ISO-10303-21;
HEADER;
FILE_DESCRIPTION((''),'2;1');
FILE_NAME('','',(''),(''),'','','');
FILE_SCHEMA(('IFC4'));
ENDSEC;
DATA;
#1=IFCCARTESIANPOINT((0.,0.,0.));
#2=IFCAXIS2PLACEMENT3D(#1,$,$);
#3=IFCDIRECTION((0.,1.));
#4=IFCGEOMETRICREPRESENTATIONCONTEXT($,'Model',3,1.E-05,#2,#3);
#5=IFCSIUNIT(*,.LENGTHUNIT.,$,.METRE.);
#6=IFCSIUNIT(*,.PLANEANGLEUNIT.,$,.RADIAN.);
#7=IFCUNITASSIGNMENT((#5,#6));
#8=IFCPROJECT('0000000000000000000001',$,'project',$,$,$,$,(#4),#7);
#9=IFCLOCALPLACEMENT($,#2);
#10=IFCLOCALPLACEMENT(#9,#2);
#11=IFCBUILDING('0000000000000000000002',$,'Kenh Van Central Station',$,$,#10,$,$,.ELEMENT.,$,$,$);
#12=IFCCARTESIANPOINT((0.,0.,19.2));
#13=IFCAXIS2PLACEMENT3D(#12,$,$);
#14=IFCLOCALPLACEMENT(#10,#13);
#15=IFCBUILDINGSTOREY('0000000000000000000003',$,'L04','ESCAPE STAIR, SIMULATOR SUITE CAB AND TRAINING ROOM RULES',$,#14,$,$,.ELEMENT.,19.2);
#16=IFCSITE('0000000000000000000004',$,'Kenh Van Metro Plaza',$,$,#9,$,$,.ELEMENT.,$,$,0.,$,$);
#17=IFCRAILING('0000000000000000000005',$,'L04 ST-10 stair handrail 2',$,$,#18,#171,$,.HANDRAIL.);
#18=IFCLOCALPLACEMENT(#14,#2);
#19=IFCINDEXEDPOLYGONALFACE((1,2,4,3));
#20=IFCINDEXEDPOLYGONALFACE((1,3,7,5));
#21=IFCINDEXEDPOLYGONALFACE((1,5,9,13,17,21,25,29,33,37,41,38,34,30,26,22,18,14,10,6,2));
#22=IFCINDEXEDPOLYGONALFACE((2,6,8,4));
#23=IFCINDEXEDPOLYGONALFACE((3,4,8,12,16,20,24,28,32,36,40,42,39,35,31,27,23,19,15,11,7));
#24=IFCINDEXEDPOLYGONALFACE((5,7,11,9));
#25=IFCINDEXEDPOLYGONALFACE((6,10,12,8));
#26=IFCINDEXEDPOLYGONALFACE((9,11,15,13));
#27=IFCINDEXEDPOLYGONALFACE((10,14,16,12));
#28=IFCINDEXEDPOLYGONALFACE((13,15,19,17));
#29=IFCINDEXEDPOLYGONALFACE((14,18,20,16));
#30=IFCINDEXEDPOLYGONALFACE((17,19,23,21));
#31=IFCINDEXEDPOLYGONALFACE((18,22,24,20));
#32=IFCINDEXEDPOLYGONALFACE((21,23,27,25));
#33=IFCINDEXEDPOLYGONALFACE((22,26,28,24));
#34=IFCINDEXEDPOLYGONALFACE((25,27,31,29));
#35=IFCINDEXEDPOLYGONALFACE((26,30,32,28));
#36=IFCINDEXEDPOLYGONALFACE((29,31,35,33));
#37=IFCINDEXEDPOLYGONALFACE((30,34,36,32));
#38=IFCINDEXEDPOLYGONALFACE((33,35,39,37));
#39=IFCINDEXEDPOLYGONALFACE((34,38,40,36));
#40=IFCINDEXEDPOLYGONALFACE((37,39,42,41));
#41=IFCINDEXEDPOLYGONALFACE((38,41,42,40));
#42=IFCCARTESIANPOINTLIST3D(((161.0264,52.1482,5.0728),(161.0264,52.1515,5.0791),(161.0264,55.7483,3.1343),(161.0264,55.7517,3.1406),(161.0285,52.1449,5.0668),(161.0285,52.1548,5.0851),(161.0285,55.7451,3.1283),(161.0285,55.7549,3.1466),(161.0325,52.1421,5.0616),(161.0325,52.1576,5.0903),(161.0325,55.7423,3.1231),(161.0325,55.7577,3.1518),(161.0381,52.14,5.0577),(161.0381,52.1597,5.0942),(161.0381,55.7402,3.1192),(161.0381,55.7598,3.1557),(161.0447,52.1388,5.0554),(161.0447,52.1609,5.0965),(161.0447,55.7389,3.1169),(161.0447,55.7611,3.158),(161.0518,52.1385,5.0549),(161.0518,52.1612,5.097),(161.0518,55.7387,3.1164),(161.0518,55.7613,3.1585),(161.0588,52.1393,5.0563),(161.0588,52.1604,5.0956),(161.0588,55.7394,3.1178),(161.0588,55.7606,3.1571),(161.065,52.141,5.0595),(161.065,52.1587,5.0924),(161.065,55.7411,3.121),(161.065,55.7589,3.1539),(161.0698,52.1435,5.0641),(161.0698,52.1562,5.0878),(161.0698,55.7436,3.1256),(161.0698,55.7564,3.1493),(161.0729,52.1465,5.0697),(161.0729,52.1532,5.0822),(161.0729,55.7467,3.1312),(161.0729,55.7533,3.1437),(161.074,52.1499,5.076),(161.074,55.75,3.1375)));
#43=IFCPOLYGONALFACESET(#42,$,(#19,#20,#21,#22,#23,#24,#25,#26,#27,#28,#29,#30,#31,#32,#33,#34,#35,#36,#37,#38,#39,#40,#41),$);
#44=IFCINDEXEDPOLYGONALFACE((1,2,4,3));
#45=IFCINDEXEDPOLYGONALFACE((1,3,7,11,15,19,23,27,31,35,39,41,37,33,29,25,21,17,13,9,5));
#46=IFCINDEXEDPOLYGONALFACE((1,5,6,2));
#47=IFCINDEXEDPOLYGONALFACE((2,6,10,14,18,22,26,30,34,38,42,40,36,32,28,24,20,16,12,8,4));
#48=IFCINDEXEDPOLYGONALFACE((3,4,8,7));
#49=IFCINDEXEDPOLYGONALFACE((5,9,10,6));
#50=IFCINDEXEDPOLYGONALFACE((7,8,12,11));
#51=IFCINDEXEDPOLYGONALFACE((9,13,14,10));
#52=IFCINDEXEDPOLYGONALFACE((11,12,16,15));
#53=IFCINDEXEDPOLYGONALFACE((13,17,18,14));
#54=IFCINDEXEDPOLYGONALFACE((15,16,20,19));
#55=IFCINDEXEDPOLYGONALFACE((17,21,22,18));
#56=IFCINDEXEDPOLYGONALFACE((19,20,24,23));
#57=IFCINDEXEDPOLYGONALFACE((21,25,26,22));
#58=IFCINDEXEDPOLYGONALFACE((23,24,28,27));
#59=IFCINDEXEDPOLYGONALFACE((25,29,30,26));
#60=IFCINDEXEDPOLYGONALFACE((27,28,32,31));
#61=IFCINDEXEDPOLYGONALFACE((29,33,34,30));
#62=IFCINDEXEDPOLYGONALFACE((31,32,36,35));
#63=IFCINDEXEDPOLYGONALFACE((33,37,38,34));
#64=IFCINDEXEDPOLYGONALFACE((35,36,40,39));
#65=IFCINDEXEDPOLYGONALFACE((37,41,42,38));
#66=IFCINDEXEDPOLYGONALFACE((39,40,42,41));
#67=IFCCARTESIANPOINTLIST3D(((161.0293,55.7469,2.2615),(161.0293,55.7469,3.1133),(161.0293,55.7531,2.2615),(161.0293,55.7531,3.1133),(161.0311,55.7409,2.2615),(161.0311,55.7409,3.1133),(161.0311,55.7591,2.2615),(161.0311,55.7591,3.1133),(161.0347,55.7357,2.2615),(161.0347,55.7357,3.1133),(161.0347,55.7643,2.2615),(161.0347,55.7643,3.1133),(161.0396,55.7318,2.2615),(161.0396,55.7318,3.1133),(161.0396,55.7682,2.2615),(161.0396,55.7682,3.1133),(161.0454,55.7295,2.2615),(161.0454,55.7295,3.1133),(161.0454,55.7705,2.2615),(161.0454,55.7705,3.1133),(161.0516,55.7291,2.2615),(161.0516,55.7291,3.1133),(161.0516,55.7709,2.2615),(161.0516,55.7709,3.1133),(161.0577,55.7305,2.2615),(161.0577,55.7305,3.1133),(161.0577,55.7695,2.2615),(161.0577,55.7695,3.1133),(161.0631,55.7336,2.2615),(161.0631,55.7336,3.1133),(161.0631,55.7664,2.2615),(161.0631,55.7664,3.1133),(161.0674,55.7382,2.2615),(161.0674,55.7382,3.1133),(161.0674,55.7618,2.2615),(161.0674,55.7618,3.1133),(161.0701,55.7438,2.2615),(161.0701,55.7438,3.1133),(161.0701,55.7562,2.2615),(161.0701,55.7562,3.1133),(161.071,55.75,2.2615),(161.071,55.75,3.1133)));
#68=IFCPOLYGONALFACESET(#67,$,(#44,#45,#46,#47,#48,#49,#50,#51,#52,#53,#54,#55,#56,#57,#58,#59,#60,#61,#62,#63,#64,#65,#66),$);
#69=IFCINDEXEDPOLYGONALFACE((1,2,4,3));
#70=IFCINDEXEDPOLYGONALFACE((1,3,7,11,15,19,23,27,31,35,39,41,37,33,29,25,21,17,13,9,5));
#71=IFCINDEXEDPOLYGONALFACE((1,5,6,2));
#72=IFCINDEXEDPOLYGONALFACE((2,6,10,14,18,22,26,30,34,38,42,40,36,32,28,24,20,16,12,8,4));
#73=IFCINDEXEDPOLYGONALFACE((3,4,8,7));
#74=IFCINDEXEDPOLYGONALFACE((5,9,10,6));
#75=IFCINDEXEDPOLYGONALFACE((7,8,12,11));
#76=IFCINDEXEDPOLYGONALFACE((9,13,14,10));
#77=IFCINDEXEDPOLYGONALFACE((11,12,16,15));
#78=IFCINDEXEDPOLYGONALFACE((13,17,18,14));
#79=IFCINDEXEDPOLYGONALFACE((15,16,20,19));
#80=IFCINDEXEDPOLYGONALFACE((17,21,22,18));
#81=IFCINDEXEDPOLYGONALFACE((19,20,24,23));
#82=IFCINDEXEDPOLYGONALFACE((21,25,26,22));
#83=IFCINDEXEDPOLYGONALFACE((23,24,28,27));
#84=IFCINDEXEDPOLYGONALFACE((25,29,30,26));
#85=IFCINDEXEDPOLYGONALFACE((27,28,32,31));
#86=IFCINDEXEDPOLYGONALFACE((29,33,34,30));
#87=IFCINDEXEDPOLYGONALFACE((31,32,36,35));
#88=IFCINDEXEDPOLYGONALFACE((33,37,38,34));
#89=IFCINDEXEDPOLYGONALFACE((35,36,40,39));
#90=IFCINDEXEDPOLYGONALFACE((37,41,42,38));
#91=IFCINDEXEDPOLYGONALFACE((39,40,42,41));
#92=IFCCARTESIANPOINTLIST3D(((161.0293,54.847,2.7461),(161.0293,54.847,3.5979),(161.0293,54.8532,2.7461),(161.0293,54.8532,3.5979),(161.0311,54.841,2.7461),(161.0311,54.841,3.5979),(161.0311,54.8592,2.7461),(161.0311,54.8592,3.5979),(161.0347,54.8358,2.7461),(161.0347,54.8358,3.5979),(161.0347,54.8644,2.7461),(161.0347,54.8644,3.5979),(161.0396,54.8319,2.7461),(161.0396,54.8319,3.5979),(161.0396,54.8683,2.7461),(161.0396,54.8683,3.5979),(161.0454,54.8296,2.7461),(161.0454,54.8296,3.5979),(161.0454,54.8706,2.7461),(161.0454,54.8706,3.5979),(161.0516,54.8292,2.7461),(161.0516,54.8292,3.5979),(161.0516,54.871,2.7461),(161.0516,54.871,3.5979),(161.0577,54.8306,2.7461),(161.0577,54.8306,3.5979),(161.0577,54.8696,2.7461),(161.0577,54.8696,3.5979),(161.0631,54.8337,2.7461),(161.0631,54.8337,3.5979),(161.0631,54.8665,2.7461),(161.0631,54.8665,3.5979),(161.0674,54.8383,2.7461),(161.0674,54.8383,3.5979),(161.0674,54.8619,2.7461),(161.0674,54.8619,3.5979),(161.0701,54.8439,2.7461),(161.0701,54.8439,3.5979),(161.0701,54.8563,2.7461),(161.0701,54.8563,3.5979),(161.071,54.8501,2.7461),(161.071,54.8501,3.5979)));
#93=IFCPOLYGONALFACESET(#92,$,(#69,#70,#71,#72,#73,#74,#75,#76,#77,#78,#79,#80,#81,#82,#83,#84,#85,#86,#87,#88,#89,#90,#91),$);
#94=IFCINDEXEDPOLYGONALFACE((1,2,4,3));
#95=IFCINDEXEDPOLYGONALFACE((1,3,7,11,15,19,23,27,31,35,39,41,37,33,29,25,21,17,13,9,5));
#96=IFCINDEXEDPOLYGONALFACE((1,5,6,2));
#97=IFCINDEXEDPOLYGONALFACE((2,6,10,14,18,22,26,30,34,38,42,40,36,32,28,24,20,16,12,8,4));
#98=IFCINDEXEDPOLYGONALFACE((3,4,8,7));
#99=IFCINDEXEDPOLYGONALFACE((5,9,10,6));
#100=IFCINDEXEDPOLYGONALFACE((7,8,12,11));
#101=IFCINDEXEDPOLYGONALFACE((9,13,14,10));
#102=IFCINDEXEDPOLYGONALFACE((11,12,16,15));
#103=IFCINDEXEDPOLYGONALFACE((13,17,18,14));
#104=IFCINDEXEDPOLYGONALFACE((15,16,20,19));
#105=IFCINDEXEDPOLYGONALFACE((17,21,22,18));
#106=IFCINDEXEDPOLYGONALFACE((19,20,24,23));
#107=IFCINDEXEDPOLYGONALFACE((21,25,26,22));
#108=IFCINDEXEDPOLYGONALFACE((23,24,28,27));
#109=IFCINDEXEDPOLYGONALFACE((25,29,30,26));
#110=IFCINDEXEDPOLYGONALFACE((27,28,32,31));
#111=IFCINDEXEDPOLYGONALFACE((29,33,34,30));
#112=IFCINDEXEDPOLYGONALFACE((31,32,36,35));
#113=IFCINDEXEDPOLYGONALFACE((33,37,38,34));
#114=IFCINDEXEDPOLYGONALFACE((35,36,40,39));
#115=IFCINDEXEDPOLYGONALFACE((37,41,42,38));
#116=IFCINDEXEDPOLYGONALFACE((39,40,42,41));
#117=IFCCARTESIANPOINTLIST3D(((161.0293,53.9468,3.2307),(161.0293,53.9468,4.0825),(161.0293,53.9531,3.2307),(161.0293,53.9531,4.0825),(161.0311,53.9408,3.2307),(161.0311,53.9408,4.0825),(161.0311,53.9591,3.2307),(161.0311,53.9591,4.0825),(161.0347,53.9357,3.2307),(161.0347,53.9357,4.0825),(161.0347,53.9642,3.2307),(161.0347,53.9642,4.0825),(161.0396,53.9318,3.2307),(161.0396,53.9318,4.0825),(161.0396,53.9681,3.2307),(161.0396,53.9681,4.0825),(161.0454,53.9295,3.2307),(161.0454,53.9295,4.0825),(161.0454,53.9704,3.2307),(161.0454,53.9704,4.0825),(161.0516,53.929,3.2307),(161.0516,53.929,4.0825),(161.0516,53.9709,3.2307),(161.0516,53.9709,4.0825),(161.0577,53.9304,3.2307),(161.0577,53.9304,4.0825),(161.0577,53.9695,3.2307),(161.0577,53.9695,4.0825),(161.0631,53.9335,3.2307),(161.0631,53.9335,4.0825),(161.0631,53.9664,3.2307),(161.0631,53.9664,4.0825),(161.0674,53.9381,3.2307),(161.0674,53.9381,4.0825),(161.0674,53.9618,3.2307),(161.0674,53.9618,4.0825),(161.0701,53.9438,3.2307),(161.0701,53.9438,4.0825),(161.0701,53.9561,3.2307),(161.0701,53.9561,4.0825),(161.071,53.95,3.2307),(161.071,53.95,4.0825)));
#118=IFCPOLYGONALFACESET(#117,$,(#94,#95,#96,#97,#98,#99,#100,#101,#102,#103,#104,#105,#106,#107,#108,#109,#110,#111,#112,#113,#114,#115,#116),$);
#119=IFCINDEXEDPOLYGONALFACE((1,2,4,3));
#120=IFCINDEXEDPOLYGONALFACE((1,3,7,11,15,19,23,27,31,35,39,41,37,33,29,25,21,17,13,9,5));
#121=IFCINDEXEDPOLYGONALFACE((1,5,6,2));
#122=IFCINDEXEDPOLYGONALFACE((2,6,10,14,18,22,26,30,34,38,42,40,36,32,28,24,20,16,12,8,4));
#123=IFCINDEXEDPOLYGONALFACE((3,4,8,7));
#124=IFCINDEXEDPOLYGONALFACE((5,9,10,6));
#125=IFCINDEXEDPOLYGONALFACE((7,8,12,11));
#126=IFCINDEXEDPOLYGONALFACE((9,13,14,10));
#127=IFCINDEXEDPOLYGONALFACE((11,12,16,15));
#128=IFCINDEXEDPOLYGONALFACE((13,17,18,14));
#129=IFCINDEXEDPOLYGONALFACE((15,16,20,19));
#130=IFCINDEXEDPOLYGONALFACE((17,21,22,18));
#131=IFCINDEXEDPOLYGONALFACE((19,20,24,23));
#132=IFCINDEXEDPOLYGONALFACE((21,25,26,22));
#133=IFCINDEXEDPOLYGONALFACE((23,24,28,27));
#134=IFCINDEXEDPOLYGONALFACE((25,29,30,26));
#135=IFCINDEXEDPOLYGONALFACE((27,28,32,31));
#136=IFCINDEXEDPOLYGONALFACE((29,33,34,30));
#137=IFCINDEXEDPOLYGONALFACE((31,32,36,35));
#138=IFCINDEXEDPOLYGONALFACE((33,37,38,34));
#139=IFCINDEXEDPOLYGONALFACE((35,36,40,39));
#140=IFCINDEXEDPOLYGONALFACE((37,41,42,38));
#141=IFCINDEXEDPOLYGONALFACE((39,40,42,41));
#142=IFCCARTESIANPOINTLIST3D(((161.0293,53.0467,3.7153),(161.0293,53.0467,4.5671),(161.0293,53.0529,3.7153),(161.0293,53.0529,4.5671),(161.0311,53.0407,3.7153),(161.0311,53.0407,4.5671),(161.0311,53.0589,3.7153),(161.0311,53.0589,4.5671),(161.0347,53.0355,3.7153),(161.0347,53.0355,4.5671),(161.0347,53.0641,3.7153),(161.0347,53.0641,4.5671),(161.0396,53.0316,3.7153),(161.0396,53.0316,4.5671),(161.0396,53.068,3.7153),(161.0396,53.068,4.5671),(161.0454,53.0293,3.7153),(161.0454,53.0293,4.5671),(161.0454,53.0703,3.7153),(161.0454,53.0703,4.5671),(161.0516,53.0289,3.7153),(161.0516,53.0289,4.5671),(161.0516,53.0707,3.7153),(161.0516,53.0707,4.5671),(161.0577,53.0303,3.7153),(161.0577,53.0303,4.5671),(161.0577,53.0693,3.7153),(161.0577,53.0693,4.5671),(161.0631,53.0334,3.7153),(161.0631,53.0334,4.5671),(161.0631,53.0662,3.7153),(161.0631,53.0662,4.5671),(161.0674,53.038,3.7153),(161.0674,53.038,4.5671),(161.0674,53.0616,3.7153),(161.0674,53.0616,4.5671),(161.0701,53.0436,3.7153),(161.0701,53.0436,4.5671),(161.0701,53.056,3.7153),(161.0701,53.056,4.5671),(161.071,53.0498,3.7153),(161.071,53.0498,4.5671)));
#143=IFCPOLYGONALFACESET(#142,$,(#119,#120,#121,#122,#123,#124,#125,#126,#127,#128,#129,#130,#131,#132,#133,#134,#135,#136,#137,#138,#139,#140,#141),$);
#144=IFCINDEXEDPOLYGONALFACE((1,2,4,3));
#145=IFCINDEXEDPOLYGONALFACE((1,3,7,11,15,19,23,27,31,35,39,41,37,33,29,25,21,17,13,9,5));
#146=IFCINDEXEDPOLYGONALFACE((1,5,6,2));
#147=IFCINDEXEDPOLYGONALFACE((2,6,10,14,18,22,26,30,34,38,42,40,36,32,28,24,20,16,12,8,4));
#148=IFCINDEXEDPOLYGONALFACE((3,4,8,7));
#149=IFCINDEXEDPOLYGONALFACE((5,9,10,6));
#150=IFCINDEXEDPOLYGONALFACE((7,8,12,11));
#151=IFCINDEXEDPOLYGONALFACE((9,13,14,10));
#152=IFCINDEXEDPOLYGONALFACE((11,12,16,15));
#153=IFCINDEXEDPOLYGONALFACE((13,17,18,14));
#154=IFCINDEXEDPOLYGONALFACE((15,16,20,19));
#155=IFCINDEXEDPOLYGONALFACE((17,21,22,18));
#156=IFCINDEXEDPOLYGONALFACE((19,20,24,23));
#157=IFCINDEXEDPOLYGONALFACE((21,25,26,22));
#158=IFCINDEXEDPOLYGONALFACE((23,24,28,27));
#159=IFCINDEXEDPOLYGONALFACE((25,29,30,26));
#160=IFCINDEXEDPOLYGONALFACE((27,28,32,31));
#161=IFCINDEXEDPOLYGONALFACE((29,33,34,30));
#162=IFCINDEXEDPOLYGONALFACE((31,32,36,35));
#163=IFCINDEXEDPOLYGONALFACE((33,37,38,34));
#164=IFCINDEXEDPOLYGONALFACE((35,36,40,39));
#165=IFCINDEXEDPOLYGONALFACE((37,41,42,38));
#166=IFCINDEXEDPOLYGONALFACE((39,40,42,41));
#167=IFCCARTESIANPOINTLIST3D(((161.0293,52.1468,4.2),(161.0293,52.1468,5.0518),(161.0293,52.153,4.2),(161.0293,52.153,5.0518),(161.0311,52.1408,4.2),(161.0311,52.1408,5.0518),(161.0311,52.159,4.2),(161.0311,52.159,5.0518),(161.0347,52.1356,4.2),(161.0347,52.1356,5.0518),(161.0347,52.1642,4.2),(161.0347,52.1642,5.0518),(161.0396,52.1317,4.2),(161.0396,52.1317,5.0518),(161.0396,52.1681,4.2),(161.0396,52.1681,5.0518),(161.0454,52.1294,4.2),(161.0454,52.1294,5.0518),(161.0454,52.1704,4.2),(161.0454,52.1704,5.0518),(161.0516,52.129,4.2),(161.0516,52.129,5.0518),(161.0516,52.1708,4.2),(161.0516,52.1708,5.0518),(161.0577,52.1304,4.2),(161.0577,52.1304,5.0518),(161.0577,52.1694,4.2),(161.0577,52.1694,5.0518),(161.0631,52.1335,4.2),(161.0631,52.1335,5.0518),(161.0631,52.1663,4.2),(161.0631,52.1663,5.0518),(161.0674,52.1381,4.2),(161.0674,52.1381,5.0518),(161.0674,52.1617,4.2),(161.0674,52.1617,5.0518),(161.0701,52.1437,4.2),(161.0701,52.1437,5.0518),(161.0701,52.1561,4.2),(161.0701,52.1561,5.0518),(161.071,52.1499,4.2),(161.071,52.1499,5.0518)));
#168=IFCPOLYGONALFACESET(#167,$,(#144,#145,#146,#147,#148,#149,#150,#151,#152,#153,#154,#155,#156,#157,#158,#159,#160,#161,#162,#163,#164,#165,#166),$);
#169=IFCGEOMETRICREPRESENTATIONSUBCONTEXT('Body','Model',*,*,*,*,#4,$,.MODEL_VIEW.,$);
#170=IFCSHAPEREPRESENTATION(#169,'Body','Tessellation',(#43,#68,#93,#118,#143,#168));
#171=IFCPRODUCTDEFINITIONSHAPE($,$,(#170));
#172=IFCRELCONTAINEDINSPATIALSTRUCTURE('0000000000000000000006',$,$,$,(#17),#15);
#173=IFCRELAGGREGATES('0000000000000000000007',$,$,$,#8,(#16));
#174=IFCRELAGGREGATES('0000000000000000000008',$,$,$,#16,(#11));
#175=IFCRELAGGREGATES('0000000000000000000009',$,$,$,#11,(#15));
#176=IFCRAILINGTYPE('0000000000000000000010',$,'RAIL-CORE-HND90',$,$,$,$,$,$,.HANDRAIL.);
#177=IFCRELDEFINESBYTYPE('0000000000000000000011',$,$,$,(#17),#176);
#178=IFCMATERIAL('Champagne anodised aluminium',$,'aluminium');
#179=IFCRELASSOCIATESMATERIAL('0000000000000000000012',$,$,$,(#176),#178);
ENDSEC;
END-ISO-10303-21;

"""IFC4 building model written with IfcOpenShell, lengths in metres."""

from ifc_helpers import new_model, si_unit, direction, frame, origin, origin_2d, place, context, subcontext, project, spatial, circle, extrude, material, type_object, element, save


model = new_model("IFC4")

# Units and contexts
model_context = context("Model", 3, precision=1e-05, world=origin(), true_north=direction((0.0, 1.0)))
body_context = subcontext(model_context, "Body", "Model", "MODEL_VIEW")
ifc_project = project(units=[si_unit("LENGTHUNIT", "METRE"), si_unit("PLANEANGLEUNIT", "RADIAN")], contexts=[model_context])

# Site, building, storey
site_placement = place(None, origin())
site = spatial("IfcSite", under=ifc_project, at=site_placement, Name="Kenh Van Metro Plaza", CompositionType="ELEMENT", RefElevation=0.0)
building_placement = place(site_placement, origin())
building = spatial("IfcBuilding", under=site, at=building_placement, Name="Kenh Van Central Station", CompositionType="ELEMENT")
storey_placement = place(building_placement, frame((0.0, 0.0, 19.2)))
storey = spatial("IfcBuildingStorey", under=building, at=storey_placement, Name="L04", Description="ESCAPE STAIR, SIMULATOR SUITE CAB AND TRAINING ROOM RULES", CompositionType="ELEMENT", Elevation=19.2)

# Shared definitions
ifc_material_1 = material(Name="Champagne anodised aluminium", Category="aluminium")

# Railing
railing_type_1 = type_object("IfcRailingType", Name="RAIL-CORE-HND90", PredefinedType="HANDRAIL", material=ifc_material_1)
railing_1_placement = place(storey_placement, frame((161.05, 55.75, 2.2615)))
element("IfcRailing", 1, at=railing_1_placement, inside=storey, type_object=railing_type_1, Name="L04 ST-10 stair handrail 2", PredefinedType="HANDRAIL", context=body_context, shape_type="SweptSolid", body=[
    extrude(circle(Radius=0.0239, at=origin_2d()), frame((0.0, 0.0, 0.876), z_axis=(0.0, -0.880475, 0.474093), x_axis=(1.0, 0.0, 0.0)), (0.0, 0.0, 1.0), 4.0889),
    extrude(circle(Radius=0.021, at=origin_2d()), origin(), (0.0, 0.0, 1.0), 0.8518),
    extrude(circle(Radius=0.021, at=origin_2d()), frame((0.0, -0.8999, 0.4846)), (0.0, 0.0, 1.0), 0.8518),
    extrude(circle(Radius=0.021, at=origin_2d()), frame((0.0, -1.8, 0.9692)), (0.0, 0.0, 1.0), 0.8518),
    extrude(circle(Radius=0.021, at=origin_2d()), frame((0.0, -2.7002, 1.4539)), (0.0, 0.0, 1.0), 0.8518),
    extrude(circle(Radius=0.021, at=origin_2d()), frame((0.0, -3.6001, 1.9385)), (0.0, 0.0, 1.0), 0.8518),
])

save(model, "model.ifc")
